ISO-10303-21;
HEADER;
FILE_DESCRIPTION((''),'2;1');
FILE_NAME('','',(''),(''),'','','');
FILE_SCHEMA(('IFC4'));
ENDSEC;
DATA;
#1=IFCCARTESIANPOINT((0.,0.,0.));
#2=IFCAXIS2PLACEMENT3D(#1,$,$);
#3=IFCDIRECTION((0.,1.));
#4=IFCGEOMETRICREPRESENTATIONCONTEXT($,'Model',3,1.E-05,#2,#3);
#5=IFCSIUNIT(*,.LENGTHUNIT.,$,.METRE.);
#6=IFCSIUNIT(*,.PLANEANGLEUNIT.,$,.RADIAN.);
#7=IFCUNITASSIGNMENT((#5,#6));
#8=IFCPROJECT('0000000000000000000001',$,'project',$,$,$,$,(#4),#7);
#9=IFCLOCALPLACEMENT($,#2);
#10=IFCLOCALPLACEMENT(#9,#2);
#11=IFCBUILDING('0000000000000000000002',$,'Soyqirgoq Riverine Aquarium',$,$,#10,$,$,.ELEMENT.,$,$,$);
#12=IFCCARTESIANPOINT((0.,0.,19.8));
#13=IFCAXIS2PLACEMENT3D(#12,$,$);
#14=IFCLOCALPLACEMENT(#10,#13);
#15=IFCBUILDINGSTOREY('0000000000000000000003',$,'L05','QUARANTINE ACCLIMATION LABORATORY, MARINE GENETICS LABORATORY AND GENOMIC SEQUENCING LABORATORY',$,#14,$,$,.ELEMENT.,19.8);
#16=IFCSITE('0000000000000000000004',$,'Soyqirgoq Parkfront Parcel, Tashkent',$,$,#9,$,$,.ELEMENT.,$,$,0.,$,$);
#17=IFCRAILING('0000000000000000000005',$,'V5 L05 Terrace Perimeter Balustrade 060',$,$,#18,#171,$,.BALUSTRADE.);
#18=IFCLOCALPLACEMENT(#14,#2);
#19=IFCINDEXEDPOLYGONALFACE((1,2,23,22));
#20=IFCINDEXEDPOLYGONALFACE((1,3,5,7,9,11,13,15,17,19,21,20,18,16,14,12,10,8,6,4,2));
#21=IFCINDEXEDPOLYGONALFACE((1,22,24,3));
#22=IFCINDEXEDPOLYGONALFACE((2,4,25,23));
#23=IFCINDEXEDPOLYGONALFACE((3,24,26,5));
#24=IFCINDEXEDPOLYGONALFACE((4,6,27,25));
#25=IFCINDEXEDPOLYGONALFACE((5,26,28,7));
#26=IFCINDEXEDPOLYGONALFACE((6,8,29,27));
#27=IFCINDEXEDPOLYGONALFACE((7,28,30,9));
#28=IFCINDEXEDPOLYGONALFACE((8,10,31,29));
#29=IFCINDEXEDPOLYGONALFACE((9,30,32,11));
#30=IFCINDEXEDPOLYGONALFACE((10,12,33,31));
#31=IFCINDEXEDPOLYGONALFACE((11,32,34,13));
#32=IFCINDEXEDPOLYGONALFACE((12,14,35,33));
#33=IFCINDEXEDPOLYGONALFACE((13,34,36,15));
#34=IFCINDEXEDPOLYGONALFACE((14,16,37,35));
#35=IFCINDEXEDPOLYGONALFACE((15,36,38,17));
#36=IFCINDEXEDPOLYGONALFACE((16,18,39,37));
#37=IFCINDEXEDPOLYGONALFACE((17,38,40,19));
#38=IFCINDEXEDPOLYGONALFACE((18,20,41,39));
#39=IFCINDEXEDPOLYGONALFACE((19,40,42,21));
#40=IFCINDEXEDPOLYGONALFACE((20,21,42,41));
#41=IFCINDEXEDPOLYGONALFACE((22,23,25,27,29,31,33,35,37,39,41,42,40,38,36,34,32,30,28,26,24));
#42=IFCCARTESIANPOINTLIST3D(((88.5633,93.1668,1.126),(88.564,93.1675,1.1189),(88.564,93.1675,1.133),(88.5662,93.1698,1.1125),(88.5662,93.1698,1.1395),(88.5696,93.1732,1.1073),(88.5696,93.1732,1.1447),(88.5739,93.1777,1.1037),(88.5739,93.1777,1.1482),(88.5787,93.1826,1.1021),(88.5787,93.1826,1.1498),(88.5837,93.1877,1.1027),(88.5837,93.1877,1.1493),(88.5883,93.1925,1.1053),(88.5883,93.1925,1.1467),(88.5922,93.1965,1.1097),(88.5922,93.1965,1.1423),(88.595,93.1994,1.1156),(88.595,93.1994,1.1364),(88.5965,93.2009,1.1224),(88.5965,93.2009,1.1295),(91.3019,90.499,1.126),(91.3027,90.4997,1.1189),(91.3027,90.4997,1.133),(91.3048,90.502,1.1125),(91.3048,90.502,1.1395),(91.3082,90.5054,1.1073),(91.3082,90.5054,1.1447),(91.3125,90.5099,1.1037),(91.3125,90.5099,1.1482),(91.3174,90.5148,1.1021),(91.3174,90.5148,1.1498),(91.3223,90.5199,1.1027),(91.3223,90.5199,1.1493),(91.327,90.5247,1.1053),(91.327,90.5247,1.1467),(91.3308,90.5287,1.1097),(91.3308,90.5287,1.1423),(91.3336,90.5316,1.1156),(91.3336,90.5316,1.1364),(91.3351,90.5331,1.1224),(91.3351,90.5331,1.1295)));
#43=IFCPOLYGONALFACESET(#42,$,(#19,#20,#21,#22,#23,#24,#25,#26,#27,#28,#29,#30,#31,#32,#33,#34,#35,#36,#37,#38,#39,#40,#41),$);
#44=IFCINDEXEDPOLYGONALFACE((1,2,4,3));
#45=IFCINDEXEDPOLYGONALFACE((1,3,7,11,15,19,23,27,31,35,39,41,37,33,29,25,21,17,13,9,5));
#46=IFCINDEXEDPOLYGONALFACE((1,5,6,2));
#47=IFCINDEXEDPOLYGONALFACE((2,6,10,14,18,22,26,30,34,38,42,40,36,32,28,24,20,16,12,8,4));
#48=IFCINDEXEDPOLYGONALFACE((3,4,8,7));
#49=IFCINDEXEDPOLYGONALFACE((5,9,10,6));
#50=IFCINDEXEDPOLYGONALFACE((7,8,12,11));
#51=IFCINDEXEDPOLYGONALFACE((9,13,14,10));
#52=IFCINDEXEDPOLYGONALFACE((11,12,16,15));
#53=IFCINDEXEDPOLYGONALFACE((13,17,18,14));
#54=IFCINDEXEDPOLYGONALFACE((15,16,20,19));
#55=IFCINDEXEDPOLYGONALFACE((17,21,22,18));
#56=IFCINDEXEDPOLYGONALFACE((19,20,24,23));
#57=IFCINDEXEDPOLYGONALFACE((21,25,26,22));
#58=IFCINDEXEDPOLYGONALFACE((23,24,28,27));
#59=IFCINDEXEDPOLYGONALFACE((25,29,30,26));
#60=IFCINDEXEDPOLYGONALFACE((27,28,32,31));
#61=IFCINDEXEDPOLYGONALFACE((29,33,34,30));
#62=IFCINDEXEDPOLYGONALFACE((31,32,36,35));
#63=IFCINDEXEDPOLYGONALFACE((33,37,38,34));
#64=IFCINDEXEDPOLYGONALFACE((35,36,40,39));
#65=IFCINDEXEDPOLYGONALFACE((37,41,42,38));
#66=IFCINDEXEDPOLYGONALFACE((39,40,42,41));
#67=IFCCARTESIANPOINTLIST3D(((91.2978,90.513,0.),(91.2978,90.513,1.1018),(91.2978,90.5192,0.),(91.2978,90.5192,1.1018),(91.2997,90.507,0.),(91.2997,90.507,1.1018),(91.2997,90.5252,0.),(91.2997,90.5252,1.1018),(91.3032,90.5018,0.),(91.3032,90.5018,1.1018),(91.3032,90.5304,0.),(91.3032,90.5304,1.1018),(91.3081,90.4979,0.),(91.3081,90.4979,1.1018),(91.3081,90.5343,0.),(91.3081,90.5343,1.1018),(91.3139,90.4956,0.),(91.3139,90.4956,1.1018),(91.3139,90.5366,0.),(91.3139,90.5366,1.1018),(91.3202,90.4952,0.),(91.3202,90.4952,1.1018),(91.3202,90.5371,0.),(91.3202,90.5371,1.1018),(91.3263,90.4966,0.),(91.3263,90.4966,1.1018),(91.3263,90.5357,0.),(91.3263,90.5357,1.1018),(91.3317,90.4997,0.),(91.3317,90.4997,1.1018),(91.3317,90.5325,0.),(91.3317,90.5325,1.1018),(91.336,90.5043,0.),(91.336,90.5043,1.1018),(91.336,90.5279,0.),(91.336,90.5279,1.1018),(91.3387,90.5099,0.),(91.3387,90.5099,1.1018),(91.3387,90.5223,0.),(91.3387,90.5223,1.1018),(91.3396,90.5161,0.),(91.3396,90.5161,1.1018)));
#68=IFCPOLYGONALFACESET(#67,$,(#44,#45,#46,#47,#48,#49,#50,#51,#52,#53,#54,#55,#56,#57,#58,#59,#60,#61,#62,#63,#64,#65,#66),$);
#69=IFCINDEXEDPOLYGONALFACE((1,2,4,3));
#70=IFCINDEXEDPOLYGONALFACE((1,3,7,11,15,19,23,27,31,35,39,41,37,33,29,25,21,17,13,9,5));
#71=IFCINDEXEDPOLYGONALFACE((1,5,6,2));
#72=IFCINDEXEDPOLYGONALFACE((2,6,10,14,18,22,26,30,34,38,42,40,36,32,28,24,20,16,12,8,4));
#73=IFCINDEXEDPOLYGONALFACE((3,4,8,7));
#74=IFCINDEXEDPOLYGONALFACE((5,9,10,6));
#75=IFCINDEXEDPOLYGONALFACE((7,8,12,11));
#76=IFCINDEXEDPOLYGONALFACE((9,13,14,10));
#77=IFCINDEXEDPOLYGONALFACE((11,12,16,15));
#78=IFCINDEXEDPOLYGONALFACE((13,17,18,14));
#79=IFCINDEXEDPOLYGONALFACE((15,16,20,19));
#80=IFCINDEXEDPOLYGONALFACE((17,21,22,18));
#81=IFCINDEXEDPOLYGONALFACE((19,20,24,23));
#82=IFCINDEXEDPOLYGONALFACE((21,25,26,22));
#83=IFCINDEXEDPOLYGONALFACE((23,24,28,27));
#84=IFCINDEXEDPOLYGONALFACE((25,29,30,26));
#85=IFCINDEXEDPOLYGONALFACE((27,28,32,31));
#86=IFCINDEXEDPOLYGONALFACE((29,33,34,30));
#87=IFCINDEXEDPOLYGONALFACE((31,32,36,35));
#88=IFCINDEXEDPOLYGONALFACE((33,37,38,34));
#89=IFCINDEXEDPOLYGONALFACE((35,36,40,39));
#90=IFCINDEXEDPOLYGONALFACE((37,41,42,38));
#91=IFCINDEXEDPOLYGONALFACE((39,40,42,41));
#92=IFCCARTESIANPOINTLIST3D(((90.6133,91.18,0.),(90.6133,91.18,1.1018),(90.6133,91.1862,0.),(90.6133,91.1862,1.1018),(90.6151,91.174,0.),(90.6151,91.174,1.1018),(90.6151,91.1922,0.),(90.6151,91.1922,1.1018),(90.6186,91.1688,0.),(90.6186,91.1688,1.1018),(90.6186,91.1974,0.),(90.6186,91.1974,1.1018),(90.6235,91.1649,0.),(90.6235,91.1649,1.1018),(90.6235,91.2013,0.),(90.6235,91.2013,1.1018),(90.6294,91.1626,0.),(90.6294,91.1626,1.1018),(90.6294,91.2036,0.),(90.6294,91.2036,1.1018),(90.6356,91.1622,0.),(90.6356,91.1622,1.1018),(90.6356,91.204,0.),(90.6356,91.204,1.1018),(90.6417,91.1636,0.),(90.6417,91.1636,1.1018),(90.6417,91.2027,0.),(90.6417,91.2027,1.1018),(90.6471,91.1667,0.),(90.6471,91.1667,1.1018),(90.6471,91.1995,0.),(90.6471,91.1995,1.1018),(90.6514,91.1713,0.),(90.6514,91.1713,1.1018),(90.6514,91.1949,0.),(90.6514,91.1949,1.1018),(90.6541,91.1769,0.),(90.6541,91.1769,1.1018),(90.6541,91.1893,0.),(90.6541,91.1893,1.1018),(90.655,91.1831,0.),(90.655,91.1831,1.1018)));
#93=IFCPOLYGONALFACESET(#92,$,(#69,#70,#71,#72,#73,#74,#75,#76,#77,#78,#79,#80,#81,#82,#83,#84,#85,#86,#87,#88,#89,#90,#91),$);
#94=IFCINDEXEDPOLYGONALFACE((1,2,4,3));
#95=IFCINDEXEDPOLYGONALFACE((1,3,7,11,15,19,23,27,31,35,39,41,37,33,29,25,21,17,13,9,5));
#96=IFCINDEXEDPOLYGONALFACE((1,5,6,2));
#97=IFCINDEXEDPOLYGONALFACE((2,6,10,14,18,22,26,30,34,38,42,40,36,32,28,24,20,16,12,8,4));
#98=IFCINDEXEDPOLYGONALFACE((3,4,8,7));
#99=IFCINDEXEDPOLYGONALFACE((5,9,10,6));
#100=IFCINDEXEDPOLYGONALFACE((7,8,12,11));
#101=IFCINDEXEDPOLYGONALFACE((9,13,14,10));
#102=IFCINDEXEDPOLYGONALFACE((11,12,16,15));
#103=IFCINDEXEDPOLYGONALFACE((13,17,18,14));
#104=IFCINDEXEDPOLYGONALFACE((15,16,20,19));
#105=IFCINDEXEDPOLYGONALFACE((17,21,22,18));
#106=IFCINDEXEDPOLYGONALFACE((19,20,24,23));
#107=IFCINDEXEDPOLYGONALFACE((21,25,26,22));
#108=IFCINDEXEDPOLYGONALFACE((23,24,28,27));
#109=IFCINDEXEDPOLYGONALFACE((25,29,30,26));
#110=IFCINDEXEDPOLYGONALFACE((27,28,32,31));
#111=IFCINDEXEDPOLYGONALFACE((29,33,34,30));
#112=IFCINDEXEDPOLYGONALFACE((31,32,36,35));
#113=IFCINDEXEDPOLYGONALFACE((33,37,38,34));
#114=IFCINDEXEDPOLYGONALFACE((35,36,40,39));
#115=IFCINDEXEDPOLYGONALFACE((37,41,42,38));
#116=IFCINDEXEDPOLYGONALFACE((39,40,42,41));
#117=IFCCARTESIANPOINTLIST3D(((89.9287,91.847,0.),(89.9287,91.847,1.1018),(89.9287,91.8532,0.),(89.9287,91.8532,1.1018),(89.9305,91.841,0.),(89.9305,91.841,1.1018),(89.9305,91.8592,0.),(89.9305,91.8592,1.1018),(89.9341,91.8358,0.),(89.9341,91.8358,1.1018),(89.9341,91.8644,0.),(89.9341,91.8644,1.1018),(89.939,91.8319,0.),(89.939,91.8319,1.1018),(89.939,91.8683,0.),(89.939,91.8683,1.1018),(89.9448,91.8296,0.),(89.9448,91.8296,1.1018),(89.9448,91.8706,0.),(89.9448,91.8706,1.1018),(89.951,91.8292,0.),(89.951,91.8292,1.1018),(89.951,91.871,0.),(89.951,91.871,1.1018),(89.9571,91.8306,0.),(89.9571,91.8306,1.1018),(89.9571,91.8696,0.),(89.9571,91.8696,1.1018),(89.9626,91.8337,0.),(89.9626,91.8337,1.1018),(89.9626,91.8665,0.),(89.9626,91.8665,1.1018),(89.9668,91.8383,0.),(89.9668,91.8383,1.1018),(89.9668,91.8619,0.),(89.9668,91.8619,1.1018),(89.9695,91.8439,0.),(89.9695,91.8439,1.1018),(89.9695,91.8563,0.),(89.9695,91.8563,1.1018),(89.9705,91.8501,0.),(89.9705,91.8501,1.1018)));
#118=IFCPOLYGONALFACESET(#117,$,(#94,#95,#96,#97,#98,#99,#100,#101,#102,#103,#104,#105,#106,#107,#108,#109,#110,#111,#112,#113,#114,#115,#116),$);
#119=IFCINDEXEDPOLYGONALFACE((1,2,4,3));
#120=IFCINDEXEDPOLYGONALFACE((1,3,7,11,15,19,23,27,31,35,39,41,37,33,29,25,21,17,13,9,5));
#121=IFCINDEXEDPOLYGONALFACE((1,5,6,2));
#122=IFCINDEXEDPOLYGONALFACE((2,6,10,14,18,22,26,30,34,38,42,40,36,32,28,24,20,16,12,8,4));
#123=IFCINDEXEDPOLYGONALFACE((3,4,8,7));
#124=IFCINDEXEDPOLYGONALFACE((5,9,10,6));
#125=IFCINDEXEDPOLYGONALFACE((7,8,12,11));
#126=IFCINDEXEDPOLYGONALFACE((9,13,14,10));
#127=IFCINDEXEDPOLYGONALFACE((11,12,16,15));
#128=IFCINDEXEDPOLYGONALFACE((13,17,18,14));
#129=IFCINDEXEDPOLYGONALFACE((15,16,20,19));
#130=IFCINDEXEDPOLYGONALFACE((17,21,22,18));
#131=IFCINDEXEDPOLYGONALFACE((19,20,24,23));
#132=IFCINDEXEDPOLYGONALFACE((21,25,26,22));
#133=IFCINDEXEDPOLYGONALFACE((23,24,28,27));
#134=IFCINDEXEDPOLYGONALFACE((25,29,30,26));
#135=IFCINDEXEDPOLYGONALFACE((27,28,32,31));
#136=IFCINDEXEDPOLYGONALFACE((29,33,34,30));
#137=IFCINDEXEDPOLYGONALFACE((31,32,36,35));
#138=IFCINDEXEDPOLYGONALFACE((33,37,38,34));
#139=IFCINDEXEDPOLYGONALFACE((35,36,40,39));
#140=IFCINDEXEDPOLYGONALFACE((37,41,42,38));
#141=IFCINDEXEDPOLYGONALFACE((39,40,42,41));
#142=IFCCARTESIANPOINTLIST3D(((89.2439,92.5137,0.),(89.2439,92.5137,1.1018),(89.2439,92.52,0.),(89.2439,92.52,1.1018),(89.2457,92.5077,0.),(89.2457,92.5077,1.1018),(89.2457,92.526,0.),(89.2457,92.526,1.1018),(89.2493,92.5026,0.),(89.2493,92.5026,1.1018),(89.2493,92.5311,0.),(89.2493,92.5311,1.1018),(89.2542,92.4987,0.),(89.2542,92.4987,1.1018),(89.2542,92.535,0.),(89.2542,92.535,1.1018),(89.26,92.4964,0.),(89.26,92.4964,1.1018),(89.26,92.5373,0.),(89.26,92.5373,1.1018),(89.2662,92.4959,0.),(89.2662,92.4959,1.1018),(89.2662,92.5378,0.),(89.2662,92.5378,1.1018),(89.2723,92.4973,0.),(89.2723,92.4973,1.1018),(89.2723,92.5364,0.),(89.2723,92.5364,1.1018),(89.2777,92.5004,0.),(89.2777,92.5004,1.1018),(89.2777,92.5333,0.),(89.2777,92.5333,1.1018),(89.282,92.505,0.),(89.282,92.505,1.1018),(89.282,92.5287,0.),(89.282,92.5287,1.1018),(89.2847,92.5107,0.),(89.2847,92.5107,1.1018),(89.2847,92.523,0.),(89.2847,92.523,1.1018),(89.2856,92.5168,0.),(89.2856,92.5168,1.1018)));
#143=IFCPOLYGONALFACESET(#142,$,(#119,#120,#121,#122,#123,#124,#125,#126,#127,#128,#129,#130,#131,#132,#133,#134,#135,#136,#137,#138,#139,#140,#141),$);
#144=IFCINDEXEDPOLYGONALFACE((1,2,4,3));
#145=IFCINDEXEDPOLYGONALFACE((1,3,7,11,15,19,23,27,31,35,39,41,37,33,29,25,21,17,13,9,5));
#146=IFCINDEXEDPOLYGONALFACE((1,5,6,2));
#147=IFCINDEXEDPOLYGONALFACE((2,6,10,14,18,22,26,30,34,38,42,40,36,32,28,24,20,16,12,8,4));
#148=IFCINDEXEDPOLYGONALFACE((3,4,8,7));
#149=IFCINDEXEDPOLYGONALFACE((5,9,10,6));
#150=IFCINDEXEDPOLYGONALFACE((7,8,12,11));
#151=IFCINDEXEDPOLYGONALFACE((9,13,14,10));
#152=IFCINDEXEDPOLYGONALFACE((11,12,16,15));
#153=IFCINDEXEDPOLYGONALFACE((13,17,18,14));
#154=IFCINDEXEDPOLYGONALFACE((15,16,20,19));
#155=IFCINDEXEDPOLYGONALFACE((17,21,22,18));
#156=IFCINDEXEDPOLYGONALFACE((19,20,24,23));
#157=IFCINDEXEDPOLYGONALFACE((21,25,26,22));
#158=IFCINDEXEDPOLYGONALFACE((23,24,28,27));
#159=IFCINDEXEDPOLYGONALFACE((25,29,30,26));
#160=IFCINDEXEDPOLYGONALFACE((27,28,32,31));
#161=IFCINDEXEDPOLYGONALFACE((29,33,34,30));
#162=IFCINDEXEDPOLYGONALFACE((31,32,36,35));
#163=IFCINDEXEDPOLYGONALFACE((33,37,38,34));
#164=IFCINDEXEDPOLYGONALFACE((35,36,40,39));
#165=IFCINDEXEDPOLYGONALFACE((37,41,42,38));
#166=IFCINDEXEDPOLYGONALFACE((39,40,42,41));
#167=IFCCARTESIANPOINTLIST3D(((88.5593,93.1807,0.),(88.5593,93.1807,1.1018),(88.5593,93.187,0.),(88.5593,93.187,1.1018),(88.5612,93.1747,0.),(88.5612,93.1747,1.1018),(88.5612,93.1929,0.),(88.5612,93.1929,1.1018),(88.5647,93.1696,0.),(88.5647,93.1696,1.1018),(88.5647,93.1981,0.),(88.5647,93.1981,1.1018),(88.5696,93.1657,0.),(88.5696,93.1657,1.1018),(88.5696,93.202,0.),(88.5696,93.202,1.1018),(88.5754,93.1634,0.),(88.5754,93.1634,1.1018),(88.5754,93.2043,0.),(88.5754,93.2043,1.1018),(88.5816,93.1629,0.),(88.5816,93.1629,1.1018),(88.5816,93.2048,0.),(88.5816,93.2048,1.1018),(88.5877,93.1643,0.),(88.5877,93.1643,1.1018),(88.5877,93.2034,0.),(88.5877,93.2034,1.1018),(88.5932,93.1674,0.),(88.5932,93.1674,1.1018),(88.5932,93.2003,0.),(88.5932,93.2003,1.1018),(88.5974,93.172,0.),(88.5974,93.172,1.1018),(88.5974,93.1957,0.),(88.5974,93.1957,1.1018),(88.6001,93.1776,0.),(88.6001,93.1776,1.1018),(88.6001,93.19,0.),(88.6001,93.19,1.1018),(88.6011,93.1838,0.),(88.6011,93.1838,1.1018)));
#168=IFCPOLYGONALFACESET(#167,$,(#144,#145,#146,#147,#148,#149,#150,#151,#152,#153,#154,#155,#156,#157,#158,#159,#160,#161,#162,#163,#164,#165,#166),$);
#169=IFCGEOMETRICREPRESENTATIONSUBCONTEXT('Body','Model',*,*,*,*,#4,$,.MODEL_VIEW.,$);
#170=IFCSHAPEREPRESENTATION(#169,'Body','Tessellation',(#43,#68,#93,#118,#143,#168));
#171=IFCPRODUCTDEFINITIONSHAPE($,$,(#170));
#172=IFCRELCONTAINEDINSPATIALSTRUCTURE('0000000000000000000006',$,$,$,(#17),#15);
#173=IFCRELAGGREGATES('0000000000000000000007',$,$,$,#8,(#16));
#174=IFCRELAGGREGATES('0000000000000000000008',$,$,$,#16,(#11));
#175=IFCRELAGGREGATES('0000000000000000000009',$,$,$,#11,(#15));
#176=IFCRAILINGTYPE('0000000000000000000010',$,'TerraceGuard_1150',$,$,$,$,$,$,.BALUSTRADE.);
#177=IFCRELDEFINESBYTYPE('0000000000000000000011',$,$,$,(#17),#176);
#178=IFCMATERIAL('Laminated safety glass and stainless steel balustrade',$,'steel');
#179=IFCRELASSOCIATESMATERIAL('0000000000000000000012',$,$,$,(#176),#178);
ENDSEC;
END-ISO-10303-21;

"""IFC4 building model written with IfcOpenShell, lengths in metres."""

from ifc_helpers import new_model, si_unit, direction, frame, origin, origin_2d, place, context, subcontext, project, spatial, circle, extrude, material, type_object, element, save


model = new_model("IFC4")

# Units and contexts
model_context = context("Model", 3, precision=1e-05, world=origin(), true_north=direction((0.0, 1.0)))
body_context = subcontext(model_context, "Body", "Model", "MODEL_VIEW")
ifc_project = project(units=[si_unit("LENGTHUNIT", "METRE"), si_unit("PLANEANGLEUNIT", "RADIAN")], contexts=[model_context])

# Site, building, storey
site_placement = place(None, origin())
site = spatial("IfcSite", under=ifc_project, at=site_placement, Name="Soyqirgoq Parkfront Parcel, Tashkent", CompositionType="ELEMENT", RefElevation=0.0)
building_placement = place(site_placement, origin())
building = spatial("IfcBuilding", under=site, at=building_placement, Name="Soyqirgoq Riverine Aquarium", CompositionType="ELEMENT")
storey_placement = place(building_placement, frame((0.0, 0.0, 19.8)))
storey = spatial("IfcBuildingStorey", under=building, at=storey_placement, Name="L05", Description="QUARANTINE ACCLIMATION LABORATORY, MARINE GENETICS LABORATORY AND GENOMIC SEQUENCING LABORATORY", CompositionType="ELEMENT", Elevation=19.8)

# Railing
ifc_material_1 = material(Name="Laminated safety glass and stainless steel balustrade", Category="steel")
railing_type = type_object("IfcRailingType", Name="TerraceGuard_1150", PredefinedType="BALUSTRADE", material=ifc_material_1)
railing_1_placement = place(storey_placement, frame((91.3186, 90.5161, 0.0)))
element("IfcRailing", 1, at=railing_1_placement, inside=storey, type_object=railing_type, Name="V5 L05 Terrace Perimeter Balustrade 060", PredefinedType="BALUSTRADE", context=body_context, shape_type="SweptSolid", body=[
    extrude(circle(Radius=0.0239, at=origin_2d()), frame((0.0, 0.0, 1.126), z_axis=(-0.716306, 0.697787, 0.0), x_axis=(-0.697787, -0.716306, 0.0)), (0.0, 0.0, 1.0), 3.8232),
    extrude(circle(Radius=0.021, at=origin_2d()), origin(), (0.0, 0.0, 1.0), 1.1018),
    extrude(circle(Radius=0.021, at=origin_2d()), frame((-0.6846, 0.667, 0.0)), (0.0, 0.0, 1.0), 1.1018),
    extrude(circle(Radius=0.021, at=origin_2d()), frame((-1.3691, 1.334, 0.0)), (0.0, 0.0, 1.0), 1.1018),
    extrude(circle(Radius=0.021, at=origin_2d()), frame((-2.054, 2.0007, 0.0)), (0.0, 0.0, 1.0), 1.1018),
    extrude(circle(Radius=0.021, at=origin_2d()), frame((-2.7385, 2.6677, 0.0)), (0.0, 0.0, 1.0), 1.1018),
])

save(model, "model.ifc")
